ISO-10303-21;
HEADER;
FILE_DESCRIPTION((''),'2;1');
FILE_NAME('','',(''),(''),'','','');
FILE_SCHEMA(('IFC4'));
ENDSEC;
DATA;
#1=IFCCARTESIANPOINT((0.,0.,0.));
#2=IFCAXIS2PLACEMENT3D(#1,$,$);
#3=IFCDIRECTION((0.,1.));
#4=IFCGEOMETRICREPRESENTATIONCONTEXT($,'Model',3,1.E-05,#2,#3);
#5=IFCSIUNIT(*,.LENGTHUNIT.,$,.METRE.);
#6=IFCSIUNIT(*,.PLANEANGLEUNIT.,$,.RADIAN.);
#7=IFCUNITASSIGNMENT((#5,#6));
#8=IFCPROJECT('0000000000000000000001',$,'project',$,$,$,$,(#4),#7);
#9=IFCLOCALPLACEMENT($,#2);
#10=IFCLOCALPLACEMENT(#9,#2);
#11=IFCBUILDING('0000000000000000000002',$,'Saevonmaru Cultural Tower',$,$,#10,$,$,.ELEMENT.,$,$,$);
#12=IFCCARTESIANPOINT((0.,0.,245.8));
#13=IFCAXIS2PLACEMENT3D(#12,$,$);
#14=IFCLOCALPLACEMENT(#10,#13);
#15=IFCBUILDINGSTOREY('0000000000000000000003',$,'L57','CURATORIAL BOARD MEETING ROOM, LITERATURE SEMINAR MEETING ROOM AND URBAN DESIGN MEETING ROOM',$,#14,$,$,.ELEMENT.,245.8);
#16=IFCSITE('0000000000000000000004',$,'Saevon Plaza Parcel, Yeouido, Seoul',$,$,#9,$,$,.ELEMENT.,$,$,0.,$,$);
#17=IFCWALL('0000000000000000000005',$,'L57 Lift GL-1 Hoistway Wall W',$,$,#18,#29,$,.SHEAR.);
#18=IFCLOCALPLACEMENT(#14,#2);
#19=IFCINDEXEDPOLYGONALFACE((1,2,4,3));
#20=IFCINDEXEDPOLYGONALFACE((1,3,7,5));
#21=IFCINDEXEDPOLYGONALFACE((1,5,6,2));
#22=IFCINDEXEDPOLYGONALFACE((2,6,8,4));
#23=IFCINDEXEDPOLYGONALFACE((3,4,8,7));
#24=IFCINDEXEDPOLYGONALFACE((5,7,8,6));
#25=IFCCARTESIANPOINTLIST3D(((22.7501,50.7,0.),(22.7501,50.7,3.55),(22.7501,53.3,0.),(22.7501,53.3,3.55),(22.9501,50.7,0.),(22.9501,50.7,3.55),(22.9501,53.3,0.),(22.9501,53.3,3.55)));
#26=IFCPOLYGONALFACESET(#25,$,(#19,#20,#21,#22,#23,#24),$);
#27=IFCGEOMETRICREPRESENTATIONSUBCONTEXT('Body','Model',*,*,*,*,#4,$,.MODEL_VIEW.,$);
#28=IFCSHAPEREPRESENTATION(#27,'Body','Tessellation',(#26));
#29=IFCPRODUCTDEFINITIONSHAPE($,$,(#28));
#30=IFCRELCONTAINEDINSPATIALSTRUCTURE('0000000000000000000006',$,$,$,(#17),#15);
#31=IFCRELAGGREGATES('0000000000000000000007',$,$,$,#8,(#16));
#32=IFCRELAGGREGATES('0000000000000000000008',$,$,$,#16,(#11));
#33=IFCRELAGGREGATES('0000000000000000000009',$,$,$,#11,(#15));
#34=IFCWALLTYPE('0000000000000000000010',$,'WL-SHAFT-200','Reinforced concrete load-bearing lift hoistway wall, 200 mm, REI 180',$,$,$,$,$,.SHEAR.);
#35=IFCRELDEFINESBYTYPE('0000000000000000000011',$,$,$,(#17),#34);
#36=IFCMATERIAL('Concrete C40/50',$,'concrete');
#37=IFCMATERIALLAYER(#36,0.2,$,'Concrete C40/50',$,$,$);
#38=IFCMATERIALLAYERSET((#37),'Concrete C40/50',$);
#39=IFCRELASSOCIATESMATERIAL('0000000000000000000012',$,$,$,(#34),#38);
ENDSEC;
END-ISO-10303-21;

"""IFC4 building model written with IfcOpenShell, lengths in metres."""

from ifc_helpers import new_model, si_unit, direction, frame, frame_2d, origin, place, context, subcontext, project, spatial, rectangle, extrude, material, layer, layer_set, type_object, element, save


model = new_model("IFC4")

# Units and contexts
model_context = context("Model", 3, precision=1e-05, world=origin(), true_north=direction((0.0, 1.0)))
body_context = subcontext(model_context, "Body", "Model", "MODEL_VIEW")
ifc_project = project(units=[si_unit("LENGTHUNIT", "METRE"), si_unit("PLANEANGLEUNIT", "RADIAN")], contexts=[model_context])

# Site, building, storey
site_placement = place(None, origin())
site = spatial("IfcSite", under=ifc_project, at=site_placement, Name="Saevon Plaza Parcel, Yeouido, Seoul", CompositionType="ELEMENT", RefElevation=0.0)
building_placement = place(site_placement, origin())
building = spatial("IfcBuilding", under=site, at=building_placement, Name="Saevonmaru Cultural Tower", CompositionType="ELEMENT")
storey_placement = place(building_placement, frame((0.0, 0.0, 245.8)))
storey = spatial("IfcBuildingStorey", under=building, at=storey_placement, Name="L57", Description="CURATORIAL BOARD MEETING ROOM, LITERATURE SEMINAR MEETING ROOM AND URBAN DESIGN MEETING ROOM", CompositionType="ELEMENT", Elevation=245.8)

# Shared definitions
ifc_material_1 = material(Name="Concrete C40/50", Category="concrete")
ifc_layer_1 = layer(ifc_material_1, 0.2, Name="Concrete C40/50")
ifc_layer_set_1 = layer_set([ifc_layer_1], Name="Concrete C40/50")
wall_type_1 = type_object("IfcWallType", Name="WL-SHAFT-200", Description="Reinforced concrete load-bearing lift hoistway wall, 200 mm, REI 180", PredefinedType="SHEAR", material=ifc_layer_set_1)

# Wall
wall_1_placement = place(storey_placement, frame((22.8501, 50.7, 0.0), z_axis=(0.0, 0.0, 1.0), x_axis=(0.0, 1.0, 0.0)))
element("IfcWall", 1, at=wall_1_placement, inside=storey, type_object=wall_type_1, Name="L57 Lift GL-1 Hoistway Wall W", PredefinedType="SHEAR", context=body_context, shape_type="SweptSolid", body=[
    extrude(rectangle(XDim=2.6001, YDim=0.2, at=frame_2d((1.3, 0.0))), origin(), (0.0, 0.0, 1.0), 3.55),
])

save(model, "model.ifc")
